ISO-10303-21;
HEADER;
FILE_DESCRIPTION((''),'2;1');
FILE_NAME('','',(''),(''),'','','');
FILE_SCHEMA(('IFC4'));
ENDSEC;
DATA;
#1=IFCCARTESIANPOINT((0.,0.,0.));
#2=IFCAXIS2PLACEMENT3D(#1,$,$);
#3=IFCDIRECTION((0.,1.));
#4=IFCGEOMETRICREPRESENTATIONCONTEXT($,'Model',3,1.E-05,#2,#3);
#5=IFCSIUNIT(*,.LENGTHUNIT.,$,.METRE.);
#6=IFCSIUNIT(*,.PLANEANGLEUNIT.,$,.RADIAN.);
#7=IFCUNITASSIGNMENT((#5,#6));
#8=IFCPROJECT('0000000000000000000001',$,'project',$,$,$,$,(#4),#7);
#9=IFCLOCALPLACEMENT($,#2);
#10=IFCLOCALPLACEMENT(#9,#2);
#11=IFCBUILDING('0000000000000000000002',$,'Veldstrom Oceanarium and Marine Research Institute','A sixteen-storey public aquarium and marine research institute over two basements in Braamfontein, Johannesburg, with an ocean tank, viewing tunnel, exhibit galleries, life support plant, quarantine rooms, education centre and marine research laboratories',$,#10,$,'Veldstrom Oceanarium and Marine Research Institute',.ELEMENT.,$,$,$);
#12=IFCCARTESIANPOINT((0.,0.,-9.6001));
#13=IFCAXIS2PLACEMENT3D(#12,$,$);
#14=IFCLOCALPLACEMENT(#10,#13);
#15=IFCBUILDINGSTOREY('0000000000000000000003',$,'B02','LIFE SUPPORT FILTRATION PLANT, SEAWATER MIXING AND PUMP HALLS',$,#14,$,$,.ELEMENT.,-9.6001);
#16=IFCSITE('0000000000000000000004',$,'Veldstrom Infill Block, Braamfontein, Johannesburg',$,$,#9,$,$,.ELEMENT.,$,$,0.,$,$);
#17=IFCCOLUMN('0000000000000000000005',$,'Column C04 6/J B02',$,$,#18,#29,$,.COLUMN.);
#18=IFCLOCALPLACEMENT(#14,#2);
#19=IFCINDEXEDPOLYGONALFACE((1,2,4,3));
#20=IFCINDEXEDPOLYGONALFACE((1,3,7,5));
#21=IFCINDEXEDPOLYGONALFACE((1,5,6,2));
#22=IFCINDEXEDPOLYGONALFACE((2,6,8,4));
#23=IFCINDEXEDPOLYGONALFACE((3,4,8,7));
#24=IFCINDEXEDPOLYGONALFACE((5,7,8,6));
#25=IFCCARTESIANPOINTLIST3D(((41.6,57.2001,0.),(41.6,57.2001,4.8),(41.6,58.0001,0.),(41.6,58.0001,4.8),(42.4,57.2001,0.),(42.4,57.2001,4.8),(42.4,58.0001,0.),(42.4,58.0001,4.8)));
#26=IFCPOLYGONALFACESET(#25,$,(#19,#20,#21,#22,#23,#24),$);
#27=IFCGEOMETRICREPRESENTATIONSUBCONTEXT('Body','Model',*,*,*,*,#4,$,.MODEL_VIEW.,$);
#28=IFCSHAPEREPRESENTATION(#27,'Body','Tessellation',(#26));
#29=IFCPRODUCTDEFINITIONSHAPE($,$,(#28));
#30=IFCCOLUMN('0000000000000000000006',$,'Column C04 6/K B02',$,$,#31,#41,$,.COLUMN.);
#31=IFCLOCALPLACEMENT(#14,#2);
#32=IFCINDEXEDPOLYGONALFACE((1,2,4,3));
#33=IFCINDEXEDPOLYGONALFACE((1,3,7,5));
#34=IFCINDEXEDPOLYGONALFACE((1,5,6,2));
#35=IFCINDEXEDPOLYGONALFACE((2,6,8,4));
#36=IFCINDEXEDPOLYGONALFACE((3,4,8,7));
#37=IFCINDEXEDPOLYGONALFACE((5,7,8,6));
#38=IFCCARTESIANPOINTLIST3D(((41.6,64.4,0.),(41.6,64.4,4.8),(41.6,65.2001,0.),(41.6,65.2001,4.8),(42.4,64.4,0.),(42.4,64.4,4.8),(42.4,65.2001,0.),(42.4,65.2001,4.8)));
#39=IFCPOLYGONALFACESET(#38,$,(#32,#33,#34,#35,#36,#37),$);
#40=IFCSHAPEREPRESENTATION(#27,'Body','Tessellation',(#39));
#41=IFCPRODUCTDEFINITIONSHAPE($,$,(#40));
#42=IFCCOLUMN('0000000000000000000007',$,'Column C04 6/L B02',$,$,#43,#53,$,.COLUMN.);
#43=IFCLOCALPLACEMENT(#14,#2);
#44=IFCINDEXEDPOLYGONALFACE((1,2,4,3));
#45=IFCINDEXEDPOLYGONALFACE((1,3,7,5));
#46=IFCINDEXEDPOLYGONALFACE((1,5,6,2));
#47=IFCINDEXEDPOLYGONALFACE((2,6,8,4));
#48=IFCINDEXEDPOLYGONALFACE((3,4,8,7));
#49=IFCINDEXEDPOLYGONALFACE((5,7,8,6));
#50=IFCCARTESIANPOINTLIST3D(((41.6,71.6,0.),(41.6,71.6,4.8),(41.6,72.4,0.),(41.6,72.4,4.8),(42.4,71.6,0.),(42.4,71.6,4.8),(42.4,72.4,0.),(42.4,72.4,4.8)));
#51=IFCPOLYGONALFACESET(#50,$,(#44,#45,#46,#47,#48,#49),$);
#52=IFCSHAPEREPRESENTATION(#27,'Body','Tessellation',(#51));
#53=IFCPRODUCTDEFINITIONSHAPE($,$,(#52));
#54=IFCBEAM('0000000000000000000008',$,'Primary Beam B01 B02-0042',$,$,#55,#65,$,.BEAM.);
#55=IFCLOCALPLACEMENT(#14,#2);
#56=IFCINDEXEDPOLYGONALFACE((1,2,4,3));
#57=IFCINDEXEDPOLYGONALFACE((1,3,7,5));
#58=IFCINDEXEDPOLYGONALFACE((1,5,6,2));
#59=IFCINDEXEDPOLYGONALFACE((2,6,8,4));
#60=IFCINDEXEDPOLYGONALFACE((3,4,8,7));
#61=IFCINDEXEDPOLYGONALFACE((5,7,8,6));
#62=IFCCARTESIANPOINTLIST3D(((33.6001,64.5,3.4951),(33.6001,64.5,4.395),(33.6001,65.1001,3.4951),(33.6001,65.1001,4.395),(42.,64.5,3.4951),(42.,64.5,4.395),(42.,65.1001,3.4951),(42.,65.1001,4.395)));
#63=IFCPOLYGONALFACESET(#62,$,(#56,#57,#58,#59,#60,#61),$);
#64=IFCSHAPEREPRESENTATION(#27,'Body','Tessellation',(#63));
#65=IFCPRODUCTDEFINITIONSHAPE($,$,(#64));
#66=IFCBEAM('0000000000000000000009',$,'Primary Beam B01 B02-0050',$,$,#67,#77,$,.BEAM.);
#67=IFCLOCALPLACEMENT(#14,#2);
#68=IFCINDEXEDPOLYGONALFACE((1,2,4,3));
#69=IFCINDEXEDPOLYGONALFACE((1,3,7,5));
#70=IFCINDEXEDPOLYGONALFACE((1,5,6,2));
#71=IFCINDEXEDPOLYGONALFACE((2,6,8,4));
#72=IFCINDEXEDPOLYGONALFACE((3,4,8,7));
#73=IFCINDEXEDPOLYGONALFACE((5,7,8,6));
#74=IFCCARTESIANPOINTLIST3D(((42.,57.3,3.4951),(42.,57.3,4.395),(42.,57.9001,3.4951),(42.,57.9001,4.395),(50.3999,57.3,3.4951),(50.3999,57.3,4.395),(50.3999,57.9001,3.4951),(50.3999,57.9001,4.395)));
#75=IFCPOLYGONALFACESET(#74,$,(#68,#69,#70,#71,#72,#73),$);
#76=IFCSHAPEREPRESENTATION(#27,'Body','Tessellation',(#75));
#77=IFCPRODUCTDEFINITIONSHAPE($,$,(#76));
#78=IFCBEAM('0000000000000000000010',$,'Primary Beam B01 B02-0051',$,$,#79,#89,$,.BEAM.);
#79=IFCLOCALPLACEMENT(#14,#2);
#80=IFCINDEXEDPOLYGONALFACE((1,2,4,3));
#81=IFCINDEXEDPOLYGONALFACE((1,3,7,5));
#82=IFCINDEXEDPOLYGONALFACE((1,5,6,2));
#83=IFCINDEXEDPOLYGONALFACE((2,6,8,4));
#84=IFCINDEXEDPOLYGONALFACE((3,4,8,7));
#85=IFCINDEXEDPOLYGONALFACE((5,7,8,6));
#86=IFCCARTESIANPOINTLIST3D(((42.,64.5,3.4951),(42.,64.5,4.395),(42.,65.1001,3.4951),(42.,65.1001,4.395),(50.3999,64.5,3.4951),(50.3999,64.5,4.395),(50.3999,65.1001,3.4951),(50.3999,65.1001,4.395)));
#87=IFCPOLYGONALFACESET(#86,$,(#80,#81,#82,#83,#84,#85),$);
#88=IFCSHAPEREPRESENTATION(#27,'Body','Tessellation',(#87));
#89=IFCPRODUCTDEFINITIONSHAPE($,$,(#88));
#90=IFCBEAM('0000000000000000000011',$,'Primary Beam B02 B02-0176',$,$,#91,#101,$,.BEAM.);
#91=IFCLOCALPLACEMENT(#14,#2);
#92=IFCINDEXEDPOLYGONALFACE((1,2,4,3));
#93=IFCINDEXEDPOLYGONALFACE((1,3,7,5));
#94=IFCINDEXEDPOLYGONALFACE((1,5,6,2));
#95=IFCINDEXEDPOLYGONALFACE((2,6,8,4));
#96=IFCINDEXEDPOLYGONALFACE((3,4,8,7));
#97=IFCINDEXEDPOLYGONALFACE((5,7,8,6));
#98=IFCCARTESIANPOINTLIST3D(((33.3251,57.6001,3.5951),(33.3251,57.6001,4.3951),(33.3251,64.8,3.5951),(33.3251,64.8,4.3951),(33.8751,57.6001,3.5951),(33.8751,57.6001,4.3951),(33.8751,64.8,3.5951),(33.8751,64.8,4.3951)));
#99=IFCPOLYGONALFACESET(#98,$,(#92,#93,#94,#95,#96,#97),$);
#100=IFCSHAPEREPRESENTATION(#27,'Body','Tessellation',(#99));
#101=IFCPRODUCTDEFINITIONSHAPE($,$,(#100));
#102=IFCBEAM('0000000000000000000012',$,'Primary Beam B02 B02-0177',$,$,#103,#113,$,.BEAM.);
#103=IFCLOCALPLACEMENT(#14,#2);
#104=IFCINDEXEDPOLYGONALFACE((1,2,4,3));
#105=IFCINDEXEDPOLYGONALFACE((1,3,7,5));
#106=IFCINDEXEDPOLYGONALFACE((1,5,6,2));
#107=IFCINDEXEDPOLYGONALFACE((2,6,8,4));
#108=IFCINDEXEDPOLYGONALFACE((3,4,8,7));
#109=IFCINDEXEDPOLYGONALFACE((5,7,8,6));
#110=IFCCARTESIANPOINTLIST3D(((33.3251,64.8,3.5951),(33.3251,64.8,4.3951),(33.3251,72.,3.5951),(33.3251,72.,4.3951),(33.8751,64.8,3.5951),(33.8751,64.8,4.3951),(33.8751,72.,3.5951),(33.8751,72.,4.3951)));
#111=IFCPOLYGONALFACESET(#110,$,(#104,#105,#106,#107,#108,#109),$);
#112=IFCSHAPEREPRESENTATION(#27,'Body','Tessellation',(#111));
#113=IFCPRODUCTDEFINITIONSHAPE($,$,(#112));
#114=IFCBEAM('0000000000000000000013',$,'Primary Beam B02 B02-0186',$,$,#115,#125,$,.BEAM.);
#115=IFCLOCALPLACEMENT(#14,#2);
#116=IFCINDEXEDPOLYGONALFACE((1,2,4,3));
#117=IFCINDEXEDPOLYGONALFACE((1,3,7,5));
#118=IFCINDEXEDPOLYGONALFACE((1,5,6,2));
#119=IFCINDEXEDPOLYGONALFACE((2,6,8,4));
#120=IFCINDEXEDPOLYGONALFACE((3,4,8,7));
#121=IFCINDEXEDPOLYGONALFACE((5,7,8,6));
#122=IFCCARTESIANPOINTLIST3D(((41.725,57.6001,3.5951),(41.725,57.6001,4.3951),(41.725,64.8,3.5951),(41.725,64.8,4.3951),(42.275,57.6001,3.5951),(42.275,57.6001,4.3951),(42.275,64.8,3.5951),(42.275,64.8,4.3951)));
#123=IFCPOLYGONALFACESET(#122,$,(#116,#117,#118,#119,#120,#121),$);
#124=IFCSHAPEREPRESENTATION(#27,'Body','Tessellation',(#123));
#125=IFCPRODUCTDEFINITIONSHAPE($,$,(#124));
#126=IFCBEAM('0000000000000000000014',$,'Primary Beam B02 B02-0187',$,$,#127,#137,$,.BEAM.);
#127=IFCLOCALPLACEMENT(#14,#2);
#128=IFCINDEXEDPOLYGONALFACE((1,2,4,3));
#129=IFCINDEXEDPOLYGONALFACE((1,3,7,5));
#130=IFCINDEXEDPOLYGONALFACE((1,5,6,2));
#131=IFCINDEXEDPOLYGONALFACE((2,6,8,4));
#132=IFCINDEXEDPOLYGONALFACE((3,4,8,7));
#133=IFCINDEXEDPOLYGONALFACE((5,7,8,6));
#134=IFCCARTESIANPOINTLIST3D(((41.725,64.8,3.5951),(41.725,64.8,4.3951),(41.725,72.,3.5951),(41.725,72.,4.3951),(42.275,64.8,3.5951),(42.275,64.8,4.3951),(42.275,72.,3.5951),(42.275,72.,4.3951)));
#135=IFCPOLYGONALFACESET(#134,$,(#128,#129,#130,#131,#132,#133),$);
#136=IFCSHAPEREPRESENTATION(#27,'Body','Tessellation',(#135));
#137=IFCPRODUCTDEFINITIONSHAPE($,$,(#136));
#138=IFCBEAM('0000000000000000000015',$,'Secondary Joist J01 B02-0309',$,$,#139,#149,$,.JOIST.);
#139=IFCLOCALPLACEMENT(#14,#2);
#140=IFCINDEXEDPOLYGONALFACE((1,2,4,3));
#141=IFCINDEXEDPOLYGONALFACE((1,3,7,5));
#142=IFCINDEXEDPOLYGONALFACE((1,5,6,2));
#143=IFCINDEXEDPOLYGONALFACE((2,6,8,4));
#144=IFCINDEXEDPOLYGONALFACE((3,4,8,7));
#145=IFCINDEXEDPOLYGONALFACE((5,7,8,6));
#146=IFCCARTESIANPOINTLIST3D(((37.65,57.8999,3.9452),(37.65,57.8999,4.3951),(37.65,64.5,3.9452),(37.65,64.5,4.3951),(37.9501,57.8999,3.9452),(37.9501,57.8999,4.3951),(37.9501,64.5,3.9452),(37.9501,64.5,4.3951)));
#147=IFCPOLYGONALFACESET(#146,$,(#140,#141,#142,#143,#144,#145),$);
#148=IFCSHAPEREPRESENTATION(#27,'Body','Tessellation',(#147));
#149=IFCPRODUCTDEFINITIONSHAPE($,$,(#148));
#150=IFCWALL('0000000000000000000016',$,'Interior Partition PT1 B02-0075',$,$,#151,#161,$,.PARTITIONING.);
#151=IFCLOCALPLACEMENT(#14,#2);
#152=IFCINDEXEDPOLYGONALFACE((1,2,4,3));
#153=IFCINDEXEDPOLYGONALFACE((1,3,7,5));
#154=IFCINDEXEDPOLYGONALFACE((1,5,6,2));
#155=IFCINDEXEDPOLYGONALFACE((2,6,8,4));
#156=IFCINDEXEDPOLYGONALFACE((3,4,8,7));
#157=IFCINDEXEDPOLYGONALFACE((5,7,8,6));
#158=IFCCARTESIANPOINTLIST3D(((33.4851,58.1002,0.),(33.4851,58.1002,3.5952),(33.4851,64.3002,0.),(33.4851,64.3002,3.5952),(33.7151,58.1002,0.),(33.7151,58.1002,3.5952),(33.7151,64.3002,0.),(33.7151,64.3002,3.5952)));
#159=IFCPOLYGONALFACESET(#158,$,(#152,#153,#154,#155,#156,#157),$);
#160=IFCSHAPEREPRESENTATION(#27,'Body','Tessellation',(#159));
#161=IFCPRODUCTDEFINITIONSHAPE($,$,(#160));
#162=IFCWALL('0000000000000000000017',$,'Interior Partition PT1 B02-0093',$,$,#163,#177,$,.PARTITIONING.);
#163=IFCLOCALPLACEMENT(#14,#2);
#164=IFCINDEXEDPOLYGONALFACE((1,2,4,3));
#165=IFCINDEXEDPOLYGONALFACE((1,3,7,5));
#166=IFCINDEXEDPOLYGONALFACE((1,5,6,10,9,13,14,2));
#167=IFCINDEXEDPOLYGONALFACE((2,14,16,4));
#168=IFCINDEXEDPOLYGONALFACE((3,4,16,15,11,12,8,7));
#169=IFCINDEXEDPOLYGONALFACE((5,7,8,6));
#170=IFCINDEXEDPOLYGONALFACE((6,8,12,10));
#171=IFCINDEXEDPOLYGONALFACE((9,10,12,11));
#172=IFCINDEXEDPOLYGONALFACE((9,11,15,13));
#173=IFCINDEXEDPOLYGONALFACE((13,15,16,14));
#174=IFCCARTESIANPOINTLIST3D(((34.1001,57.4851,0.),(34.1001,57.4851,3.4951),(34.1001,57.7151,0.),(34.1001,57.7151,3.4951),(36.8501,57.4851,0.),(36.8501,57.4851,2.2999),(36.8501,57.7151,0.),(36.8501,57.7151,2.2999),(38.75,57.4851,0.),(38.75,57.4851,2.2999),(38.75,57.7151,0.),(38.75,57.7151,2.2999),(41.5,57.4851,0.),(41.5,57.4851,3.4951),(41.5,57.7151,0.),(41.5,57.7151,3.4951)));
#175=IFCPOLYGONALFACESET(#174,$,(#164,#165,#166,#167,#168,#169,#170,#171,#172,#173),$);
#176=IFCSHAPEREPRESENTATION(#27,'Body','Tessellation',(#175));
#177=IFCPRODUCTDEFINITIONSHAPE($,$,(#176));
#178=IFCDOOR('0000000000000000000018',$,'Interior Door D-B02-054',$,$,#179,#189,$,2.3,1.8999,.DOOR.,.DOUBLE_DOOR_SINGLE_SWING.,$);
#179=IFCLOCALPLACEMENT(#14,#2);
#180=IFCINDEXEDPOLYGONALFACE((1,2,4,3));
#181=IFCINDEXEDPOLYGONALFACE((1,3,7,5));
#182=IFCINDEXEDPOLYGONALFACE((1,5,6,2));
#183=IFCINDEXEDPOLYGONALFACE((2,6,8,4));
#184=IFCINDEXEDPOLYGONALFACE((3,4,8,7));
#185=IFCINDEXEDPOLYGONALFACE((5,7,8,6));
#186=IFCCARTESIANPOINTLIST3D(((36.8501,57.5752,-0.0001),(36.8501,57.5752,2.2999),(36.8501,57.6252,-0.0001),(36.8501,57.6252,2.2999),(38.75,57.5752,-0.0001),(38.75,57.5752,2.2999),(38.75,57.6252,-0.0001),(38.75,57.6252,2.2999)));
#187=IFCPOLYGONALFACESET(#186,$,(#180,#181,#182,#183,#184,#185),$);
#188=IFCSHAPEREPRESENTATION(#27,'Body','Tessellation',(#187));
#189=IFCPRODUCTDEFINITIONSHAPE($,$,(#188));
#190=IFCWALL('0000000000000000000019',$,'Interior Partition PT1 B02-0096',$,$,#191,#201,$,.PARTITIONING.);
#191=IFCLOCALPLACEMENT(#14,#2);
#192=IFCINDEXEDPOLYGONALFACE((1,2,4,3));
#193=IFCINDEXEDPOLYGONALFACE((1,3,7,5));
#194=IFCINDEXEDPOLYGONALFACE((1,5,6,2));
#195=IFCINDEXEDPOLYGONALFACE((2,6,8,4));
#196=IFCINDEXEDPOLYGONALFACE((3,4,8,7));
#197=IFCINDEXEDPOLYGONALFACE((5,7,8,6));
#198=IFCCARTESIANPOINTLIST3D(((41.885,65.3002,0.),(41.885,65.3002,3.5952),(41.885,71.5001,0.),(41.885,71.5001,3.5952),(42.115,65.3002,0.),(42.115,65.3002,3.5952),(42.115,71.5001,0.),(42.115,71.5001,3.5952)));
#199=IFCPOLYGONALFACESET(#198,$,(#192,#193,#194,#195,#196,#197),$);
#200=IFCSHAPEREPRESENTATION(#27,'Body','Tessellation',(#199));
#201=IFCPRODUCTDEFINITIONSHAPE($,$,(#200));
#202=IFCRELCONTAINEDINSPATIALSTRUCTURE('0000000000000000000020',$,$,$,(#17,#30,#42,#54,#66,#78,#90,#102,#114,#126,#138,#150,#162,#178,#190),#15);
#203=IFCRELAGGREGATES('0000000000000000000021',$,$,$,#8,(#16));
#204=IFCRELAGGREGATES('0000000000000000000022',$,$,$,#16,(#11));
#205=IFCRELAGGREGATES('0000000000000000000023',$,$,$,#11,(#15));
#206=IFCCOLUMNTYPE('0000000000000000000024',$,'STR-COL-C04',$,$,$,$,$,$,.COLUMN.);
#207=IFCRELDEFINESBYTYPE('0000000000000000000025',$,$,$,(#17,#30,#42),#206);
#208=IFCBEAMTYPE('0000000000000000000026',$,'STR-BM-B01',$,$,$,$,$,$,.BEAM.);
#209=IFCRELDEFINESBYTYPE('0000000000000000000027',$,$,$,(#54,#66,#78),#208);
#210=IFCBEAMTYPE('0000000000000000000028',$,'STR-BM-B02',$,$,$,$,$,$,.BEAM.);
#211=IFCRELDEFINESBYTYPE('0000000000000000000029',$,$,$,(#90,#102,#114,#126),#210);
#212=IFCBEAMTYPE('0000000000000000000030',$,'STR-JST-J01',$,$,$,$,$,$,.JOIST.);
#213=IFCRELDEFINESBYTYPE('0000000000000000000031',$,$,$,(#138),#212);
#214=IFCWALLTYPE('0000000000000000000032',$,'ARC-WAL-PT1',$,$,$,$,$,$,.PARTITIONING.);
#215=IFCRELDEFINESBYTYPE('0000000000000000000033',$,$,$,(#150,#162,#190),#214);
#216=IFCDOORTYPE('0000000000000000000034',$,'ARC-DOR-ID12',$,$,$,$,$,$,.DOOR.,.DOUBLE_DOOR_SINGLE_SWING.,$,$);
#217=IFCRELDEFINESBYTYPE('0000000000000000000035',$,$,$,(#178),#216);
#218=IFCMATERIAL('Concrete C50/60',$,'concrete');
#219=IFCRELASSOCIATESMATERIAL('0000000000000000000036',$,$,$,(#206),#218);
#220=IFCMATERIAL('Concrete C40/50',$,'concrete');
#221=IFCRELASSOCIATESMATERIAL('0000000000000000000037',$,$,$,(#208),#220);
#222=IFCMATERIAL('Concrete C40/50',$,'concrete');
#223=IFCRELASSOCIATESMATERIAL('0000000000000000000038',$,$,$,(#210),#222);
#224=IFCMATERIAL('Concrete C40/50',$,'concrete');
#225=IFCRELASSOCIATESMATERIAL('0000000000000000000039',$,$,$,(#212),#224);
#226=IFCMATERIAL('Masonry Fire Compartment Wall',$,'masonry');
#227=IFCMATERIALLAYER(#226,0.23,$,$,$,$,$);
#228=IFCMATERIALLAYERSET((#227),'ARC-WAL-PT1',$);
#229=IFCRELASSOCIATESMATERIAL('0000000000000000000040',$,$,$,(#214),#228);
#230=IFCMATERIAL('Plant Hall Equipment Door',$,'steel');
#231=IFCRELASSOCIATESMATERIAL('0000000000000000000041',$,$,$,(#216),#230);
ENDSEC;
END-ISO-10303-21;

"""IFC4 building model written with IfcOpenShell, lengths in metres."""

from ifc_helpers import new_model, si_unit, direction, frame, frame_2d, origin, origin_2d, place, context, subcontext, project, spatial, rectangle, extrude, material, layer, layer_set, material_profile, profile_set, type_object, element, fill, save


model = new_model("IFC4")

# Units and contexts
model_context = context("Model", 3, precision=1e-05, world=origin(), true_north=direction((0.0, 1.0)))
body_context = subcontext(model_context, "Body", "Model", "MODEL_VIEW")
ifc_project = project(units=[si_unit("LENGTHUNIT", "METRE"), si_unit("PLANEANGLEUNIT", "RADIAN")], contexts=[model_context])

# Site, building, storey
site_placement = place(None, origin())
site = spatial("IfcSite", under=ifc_project, at=site_placement, Name="Veldstrom Infill Block, Braamfontein, Johannesburg", CompositionType="ELEMENT", RefElevation=0.0)
building_placement = place(site_placement, origin())
building = spatial("IfcBuilding", under=site, at=building_placement, Name="Veldstrom Oceanarium and Marine Research Institute", Description="A sixteen-storey public aquarium and marine research institute over two basements in Braamfontein, Johannesburg, with an ocean tank, viewing tunnel, exhibit galleries, life support plant, quarantine rooms, education centre and marine research laboratories", LongName="Veldstrom Oceanarium and Marine Research Institute", CompositionType="ELEMENT")
storey_placement = place(building_placement, frame((0.0, 0.0, -9.6001)))
storey = spatial("IfcBuildingStorey", under=building, at=storey_placement, Name="B02", Description="LIFE SUPPORT FILTRATION PLANT, SEAWATER MIXING AND PUMP HALLS", CompositionType="ELEMENT", Elevation=-9.6001)

# Columns
ifc_material_1 = material(Name="Concrete C50/60", Category="concrete")
ifc_material_profile_1 = material_profile(ifc_material_1, rectangle(XDim=0.8, YDim=0.8, at=origin_2d()), Name="RC-COL-800x800")
ifc_profile_set_1 = profile_set([ifc_material_profile_1], Name="Concrete C50/60")
column_type = type_object("IfcColumnType", Name="STR-COL-C04", PredefinedType="COLUMN", material=ifc_profile_set_1)
for number, where, z_axis, x_axis, name in (
    (1, (42.0, 57.6001, 0.0), (0.0, 0.0, 1.0), (1.0, 0.0, 0.0), "Column C04 6/J B02"),
    (2, (42.0, 64.8, 0.0), (0.0, 0.0, 1.0), (1.0, 0.0, 0.0), "Column C04 6/K B02"),
    (3, (42.0, 72.0, 0.0), (0.0, 0.0, 1.0), (1.0, 0.0, 0.0), "Column C04 6/L B02"),
):
    element("IfcColumn", number, at=place(storey_placement, frame(where, z_axis=z_axis, x_axis=x_axis)), inside=storey, type_object=column_type, Name=name, PredefinedType="COLUMN", context=body_context, shape_type="SweptSolid", body=[
        extrude(rectangle(XDim=0.8, YDim=0.8, at=origin_2d()), origin(), (0.0, 0.0, 1.0), 4.8),
    ])

# Beams
ifc_material_2 = material(Name="Concrete C40/50", Category="concrete")
ifc_material_profile_2 = material_profile(ifc_material_2, rectangle(XDim=0.6001, YDim=0.8999, at=origin_2d()), Name="RC-BM-600x900")
ifc_profile_set_2 = profile_set([ifc_material_profile_2], Name="Concrete C40/50")
beam_type_1 = type_object("IfcBeamType", Name="STR-BM-B01", PredefinedType="BEAM", material=ifc_profile_set_2)
for number, where, z_axis, x_axis, name in (
    (4, (33.6001, 64.8, 3.9451), (1.0, 0.0, 0.0), (0.0, 1.0, 0.0), "Primary Beam B01 B02-0042"),
    (5, (42.0, 57.6001, 3.9451), (1.0, 0.0, 0.0), (0.0, 1.0, 0.0), "Primary Beam B01 B02-0050"),
    (6, (42.0, 64.8, 3.9451), (1.0, 0.0, 0.0), (0.0, 1.0, 0.0), "Primary Beam B01 B02-0051"),
):
    element("IfcBeam", number, at=place(storey_placement, frame(where, z_axis=z_axis, x_axis=x_axis)), inside=storey, type_object=beam_type_1, Name=name, PredefinedType="BEAM", context=body_context, shape_type="SweptSolid", body=[
        extrude(rectangle(XDim=0.6001, YDim=0.8999, at=origin_2d()), origin(), (0.0, 0.0, 1.0), 8.3999),
    ])
ifc_material_3 = material(Name="Concrete C40/50", Category="concrete")
ifc_material_profile_3 = material_profile(ifc_material_3, rectangle(XDim=0.55, YDim=0.8, at=origin_2d()), Name="RC-BM-550x800")
ifc_profile_set_3 = profile_set([ifc_material_profile_3], Name="Concrete C40/50")
beam_type_2 = type_object("IfcBeamType", Name="STR-BM-B02", PredefinedType="BEAM", material=ifc_profile_set_3)
for number, where, z_axis, x_axis, name in (
    (7, (33.6001, 57.6001, 3.9951), (0.0, 1.0, 0.0), (-1.0, 0.0, 0.0), "Primary Beam B02 B02-0176"),
    (8, (33.6001, 64.8, 3.9951), (0.0, 1.0, 0.0), (-1.0, 0.0, 0.0), "Primary Beam B02 B02-0177"),
    (9, (42.0, 57.6001, 3.9951), (0.0, 1.0, 0.0), (-1.0, 0.0, 0.0), "Primary Beam B02 B02-0186"),
    (10, (42.0, 64.8, 3.9951), (0.0, 1.0, 0.0), (-1.0, 0.0, 0.0), "Primary Beam B02 B02-0187"),
):
    element("IfcBeam", number, at=place(storey_placement, frame(where, z_axis=z_axis, x_axis=x_axis)), inside=storey, type_object=beam_type_2, Name=name, PredefinedType="BEAM", context=body_context, shape_type="SweptSolid", body=[
        extrude(rectangle(XDim=0.55, YDim=0.8, at=origin_2d()), origin(), (0.0, 0.0, 1.0), 7.2),
    ])
ifc_material_4 = material(Name="Concrete C40/50", Category="concrete")
ifc_material_profile_4 = material_profile(ifc_material_4, rectangle(XDim=0.3, YDim=0.45, at=origin_2d()), Name="RC-JST-300x450")
ifc_profile_set_4 = profile_set([ifc_material_profile_4], Name="Concrete C40/50")
beam_type_3 = type_object("IfcBeamType", Name="STR-JST-J01", PredefinedType="JOIST", material=ifc_profile_set_4)
beam_placement = place(storey_placement, frame((37.8, 57.8999, 4.1702), z_axis=(0.0, 1.0, 0.0), x_axis=(-1.0, 0.0, 0.0)))
element("IfcBeam", 11, at=beam_placement, inside=storey, type_object=beam_type_3, Name="Secondary Joist J01 B02-0309", PredefinedType="JOIST", context=body_context, shape_type="SweptSolid", body=[
    extrude(rectangle(XDim=0.3, YDim=0.45, at=origin_2d()), origin(), (0.0, 0.0, 1.0), 6.6001),
])

# Wall
ifc_material_5 = material(Name="Masonry Fire Compartment Wall", Category="masonry")
ifc_layer_1 = layer(ifc_material_5, 0.23)
ifc_layer_set_1 = layer_set([ifc_layer_1], Name="ARC-WAL-PT1")
wall_type_1 = type_object("IfcWallType", Name="ARC-WAL-PT1", PredefinedType="PARTITIONING", material=ifc_layer_set_1)
wall_1_placement = place(storey_placement, frame((33.6001, 58.1001, 0.0), z_axis=(0.0, 0.0, 1.0), x_axis=(0.0, 1.0, 0.0)))
element("IfcWall", 12, at=wall_1_placement, inside=storey, type_object=wall_type_1, Name="Interior Partition PT1 B02-0075", PredefinedType="PARTITIONING", context=body_context, shape_type="SweptSolid", body=[
    extrude(rectangle(XDim=6.2, YDim=0.23, at=frame_2d((3.1001, 0.0))), origin(), (0.0, 0.0, 1.0), 3.5952),
])

# Wall, opening, door
wall_2_placement = place(storey_placement, frame((34.1001, 57.6001, 0.0), z_axis=(0.0, 0.0, 1.0), x_axis=(1.0, 0.0, 0.0)))
wall_2 = element("IfcWall", 13, at=wall_2_placement, inside=storey, type_object=wall_type_1, Name="Interior Partition PT1 B02-0093", PredefinedType="PARTITIONING", context=body_context, shape_type="SweptSolid", body=[
    extrude(rectangle(XDim=7.3999, YDim=0.23, at=frame_2d((3.7, 0.0))), origin(), (0.0, 0.0, 1.0), 3.4951),
])
opening_1_placement = place(wall_2_placement, frame((2.75, 0.0, 0.0)))
opening_1 = element("IfcOpeningElement", 14, at=opening_1_placement, cuts=wall_2, PredefinedType="OPENING", context=body_context, shape_type="SweptSolid", body=[
    extrude(rectangle(XDim=1.8999, YDim=2.3, at=frame_2d((0.95, 1.1499))), frame((0.0, 0.125, 0.0), z_axis=(0.0, -1.0, 0.0), x_axis=(1.0, 0.0, 0.0)), (0.0, 0.0, 1.0), 0.25),
])
ifc_material_6 = material(Name="Plant Hall Equipment Door", Category="steel")
door_type_1 = type_object("IfcDoorType", Name="ARC-DOR-ID12", OperationType="DOUBLE_DOOR_SINGLE_SWING", PredefinedType="DOOR", material=ifc_material_6)
door_1_placement = place(opening_1_placement, frame((1.8999, 0.0, 0.0), z_axis=(0.0, 0.0, 1.0), x_axis=(-1.0, 0.0, 0.0)))
door_1 = element("IfcDoor", 15, at=door_1_placement, inside=storey, type_object=door_type_1, Name="Interior Door D-B02-054", OperationType="DOUBLE_DOOR_SINGLE_SWING", OverallHeight=2.3, OverallWidth=1.8999, PredefinedType="DOOR", context=body_context, shape_type="SweptSolid", body=[
    extrude(rectangle(XDim=1.8999, YDim=2.3, at=frame_2d((0.95, 1.1499))), frame((0.0, 0.0249, 0.0), z_axis=(0.0, -1.0, 0.0), x_axis=(1.0, 0.0, 0.0)), (0.0, 0.0, 1.0), 0.05),
])
fill(opening_1, door_1)

# Wall
wall_3_placement = place(storey_placement, frame((42.0, 65.3, 0.0), z_axis=(0.0, 0.0, 1.0), x_axis=(0.0, 1.0, 0.0)))
element("IfcWall", 16, at=wall_3_placement, inside=storey, type_object=wall_type_1, Name="Interior Partition PT1 B02-0096", PredefinedType="PARTITIONING", context=body_context, shape_type="SweptSolid", body=[
    extrude(rectangle(XDim=6.2, YDim=0.23, at=frame_2d((3.1001, 0.0))), origin(), (0.0, 0.0, 1.0), 3.5952),
])

save(model, "model.ifc")
